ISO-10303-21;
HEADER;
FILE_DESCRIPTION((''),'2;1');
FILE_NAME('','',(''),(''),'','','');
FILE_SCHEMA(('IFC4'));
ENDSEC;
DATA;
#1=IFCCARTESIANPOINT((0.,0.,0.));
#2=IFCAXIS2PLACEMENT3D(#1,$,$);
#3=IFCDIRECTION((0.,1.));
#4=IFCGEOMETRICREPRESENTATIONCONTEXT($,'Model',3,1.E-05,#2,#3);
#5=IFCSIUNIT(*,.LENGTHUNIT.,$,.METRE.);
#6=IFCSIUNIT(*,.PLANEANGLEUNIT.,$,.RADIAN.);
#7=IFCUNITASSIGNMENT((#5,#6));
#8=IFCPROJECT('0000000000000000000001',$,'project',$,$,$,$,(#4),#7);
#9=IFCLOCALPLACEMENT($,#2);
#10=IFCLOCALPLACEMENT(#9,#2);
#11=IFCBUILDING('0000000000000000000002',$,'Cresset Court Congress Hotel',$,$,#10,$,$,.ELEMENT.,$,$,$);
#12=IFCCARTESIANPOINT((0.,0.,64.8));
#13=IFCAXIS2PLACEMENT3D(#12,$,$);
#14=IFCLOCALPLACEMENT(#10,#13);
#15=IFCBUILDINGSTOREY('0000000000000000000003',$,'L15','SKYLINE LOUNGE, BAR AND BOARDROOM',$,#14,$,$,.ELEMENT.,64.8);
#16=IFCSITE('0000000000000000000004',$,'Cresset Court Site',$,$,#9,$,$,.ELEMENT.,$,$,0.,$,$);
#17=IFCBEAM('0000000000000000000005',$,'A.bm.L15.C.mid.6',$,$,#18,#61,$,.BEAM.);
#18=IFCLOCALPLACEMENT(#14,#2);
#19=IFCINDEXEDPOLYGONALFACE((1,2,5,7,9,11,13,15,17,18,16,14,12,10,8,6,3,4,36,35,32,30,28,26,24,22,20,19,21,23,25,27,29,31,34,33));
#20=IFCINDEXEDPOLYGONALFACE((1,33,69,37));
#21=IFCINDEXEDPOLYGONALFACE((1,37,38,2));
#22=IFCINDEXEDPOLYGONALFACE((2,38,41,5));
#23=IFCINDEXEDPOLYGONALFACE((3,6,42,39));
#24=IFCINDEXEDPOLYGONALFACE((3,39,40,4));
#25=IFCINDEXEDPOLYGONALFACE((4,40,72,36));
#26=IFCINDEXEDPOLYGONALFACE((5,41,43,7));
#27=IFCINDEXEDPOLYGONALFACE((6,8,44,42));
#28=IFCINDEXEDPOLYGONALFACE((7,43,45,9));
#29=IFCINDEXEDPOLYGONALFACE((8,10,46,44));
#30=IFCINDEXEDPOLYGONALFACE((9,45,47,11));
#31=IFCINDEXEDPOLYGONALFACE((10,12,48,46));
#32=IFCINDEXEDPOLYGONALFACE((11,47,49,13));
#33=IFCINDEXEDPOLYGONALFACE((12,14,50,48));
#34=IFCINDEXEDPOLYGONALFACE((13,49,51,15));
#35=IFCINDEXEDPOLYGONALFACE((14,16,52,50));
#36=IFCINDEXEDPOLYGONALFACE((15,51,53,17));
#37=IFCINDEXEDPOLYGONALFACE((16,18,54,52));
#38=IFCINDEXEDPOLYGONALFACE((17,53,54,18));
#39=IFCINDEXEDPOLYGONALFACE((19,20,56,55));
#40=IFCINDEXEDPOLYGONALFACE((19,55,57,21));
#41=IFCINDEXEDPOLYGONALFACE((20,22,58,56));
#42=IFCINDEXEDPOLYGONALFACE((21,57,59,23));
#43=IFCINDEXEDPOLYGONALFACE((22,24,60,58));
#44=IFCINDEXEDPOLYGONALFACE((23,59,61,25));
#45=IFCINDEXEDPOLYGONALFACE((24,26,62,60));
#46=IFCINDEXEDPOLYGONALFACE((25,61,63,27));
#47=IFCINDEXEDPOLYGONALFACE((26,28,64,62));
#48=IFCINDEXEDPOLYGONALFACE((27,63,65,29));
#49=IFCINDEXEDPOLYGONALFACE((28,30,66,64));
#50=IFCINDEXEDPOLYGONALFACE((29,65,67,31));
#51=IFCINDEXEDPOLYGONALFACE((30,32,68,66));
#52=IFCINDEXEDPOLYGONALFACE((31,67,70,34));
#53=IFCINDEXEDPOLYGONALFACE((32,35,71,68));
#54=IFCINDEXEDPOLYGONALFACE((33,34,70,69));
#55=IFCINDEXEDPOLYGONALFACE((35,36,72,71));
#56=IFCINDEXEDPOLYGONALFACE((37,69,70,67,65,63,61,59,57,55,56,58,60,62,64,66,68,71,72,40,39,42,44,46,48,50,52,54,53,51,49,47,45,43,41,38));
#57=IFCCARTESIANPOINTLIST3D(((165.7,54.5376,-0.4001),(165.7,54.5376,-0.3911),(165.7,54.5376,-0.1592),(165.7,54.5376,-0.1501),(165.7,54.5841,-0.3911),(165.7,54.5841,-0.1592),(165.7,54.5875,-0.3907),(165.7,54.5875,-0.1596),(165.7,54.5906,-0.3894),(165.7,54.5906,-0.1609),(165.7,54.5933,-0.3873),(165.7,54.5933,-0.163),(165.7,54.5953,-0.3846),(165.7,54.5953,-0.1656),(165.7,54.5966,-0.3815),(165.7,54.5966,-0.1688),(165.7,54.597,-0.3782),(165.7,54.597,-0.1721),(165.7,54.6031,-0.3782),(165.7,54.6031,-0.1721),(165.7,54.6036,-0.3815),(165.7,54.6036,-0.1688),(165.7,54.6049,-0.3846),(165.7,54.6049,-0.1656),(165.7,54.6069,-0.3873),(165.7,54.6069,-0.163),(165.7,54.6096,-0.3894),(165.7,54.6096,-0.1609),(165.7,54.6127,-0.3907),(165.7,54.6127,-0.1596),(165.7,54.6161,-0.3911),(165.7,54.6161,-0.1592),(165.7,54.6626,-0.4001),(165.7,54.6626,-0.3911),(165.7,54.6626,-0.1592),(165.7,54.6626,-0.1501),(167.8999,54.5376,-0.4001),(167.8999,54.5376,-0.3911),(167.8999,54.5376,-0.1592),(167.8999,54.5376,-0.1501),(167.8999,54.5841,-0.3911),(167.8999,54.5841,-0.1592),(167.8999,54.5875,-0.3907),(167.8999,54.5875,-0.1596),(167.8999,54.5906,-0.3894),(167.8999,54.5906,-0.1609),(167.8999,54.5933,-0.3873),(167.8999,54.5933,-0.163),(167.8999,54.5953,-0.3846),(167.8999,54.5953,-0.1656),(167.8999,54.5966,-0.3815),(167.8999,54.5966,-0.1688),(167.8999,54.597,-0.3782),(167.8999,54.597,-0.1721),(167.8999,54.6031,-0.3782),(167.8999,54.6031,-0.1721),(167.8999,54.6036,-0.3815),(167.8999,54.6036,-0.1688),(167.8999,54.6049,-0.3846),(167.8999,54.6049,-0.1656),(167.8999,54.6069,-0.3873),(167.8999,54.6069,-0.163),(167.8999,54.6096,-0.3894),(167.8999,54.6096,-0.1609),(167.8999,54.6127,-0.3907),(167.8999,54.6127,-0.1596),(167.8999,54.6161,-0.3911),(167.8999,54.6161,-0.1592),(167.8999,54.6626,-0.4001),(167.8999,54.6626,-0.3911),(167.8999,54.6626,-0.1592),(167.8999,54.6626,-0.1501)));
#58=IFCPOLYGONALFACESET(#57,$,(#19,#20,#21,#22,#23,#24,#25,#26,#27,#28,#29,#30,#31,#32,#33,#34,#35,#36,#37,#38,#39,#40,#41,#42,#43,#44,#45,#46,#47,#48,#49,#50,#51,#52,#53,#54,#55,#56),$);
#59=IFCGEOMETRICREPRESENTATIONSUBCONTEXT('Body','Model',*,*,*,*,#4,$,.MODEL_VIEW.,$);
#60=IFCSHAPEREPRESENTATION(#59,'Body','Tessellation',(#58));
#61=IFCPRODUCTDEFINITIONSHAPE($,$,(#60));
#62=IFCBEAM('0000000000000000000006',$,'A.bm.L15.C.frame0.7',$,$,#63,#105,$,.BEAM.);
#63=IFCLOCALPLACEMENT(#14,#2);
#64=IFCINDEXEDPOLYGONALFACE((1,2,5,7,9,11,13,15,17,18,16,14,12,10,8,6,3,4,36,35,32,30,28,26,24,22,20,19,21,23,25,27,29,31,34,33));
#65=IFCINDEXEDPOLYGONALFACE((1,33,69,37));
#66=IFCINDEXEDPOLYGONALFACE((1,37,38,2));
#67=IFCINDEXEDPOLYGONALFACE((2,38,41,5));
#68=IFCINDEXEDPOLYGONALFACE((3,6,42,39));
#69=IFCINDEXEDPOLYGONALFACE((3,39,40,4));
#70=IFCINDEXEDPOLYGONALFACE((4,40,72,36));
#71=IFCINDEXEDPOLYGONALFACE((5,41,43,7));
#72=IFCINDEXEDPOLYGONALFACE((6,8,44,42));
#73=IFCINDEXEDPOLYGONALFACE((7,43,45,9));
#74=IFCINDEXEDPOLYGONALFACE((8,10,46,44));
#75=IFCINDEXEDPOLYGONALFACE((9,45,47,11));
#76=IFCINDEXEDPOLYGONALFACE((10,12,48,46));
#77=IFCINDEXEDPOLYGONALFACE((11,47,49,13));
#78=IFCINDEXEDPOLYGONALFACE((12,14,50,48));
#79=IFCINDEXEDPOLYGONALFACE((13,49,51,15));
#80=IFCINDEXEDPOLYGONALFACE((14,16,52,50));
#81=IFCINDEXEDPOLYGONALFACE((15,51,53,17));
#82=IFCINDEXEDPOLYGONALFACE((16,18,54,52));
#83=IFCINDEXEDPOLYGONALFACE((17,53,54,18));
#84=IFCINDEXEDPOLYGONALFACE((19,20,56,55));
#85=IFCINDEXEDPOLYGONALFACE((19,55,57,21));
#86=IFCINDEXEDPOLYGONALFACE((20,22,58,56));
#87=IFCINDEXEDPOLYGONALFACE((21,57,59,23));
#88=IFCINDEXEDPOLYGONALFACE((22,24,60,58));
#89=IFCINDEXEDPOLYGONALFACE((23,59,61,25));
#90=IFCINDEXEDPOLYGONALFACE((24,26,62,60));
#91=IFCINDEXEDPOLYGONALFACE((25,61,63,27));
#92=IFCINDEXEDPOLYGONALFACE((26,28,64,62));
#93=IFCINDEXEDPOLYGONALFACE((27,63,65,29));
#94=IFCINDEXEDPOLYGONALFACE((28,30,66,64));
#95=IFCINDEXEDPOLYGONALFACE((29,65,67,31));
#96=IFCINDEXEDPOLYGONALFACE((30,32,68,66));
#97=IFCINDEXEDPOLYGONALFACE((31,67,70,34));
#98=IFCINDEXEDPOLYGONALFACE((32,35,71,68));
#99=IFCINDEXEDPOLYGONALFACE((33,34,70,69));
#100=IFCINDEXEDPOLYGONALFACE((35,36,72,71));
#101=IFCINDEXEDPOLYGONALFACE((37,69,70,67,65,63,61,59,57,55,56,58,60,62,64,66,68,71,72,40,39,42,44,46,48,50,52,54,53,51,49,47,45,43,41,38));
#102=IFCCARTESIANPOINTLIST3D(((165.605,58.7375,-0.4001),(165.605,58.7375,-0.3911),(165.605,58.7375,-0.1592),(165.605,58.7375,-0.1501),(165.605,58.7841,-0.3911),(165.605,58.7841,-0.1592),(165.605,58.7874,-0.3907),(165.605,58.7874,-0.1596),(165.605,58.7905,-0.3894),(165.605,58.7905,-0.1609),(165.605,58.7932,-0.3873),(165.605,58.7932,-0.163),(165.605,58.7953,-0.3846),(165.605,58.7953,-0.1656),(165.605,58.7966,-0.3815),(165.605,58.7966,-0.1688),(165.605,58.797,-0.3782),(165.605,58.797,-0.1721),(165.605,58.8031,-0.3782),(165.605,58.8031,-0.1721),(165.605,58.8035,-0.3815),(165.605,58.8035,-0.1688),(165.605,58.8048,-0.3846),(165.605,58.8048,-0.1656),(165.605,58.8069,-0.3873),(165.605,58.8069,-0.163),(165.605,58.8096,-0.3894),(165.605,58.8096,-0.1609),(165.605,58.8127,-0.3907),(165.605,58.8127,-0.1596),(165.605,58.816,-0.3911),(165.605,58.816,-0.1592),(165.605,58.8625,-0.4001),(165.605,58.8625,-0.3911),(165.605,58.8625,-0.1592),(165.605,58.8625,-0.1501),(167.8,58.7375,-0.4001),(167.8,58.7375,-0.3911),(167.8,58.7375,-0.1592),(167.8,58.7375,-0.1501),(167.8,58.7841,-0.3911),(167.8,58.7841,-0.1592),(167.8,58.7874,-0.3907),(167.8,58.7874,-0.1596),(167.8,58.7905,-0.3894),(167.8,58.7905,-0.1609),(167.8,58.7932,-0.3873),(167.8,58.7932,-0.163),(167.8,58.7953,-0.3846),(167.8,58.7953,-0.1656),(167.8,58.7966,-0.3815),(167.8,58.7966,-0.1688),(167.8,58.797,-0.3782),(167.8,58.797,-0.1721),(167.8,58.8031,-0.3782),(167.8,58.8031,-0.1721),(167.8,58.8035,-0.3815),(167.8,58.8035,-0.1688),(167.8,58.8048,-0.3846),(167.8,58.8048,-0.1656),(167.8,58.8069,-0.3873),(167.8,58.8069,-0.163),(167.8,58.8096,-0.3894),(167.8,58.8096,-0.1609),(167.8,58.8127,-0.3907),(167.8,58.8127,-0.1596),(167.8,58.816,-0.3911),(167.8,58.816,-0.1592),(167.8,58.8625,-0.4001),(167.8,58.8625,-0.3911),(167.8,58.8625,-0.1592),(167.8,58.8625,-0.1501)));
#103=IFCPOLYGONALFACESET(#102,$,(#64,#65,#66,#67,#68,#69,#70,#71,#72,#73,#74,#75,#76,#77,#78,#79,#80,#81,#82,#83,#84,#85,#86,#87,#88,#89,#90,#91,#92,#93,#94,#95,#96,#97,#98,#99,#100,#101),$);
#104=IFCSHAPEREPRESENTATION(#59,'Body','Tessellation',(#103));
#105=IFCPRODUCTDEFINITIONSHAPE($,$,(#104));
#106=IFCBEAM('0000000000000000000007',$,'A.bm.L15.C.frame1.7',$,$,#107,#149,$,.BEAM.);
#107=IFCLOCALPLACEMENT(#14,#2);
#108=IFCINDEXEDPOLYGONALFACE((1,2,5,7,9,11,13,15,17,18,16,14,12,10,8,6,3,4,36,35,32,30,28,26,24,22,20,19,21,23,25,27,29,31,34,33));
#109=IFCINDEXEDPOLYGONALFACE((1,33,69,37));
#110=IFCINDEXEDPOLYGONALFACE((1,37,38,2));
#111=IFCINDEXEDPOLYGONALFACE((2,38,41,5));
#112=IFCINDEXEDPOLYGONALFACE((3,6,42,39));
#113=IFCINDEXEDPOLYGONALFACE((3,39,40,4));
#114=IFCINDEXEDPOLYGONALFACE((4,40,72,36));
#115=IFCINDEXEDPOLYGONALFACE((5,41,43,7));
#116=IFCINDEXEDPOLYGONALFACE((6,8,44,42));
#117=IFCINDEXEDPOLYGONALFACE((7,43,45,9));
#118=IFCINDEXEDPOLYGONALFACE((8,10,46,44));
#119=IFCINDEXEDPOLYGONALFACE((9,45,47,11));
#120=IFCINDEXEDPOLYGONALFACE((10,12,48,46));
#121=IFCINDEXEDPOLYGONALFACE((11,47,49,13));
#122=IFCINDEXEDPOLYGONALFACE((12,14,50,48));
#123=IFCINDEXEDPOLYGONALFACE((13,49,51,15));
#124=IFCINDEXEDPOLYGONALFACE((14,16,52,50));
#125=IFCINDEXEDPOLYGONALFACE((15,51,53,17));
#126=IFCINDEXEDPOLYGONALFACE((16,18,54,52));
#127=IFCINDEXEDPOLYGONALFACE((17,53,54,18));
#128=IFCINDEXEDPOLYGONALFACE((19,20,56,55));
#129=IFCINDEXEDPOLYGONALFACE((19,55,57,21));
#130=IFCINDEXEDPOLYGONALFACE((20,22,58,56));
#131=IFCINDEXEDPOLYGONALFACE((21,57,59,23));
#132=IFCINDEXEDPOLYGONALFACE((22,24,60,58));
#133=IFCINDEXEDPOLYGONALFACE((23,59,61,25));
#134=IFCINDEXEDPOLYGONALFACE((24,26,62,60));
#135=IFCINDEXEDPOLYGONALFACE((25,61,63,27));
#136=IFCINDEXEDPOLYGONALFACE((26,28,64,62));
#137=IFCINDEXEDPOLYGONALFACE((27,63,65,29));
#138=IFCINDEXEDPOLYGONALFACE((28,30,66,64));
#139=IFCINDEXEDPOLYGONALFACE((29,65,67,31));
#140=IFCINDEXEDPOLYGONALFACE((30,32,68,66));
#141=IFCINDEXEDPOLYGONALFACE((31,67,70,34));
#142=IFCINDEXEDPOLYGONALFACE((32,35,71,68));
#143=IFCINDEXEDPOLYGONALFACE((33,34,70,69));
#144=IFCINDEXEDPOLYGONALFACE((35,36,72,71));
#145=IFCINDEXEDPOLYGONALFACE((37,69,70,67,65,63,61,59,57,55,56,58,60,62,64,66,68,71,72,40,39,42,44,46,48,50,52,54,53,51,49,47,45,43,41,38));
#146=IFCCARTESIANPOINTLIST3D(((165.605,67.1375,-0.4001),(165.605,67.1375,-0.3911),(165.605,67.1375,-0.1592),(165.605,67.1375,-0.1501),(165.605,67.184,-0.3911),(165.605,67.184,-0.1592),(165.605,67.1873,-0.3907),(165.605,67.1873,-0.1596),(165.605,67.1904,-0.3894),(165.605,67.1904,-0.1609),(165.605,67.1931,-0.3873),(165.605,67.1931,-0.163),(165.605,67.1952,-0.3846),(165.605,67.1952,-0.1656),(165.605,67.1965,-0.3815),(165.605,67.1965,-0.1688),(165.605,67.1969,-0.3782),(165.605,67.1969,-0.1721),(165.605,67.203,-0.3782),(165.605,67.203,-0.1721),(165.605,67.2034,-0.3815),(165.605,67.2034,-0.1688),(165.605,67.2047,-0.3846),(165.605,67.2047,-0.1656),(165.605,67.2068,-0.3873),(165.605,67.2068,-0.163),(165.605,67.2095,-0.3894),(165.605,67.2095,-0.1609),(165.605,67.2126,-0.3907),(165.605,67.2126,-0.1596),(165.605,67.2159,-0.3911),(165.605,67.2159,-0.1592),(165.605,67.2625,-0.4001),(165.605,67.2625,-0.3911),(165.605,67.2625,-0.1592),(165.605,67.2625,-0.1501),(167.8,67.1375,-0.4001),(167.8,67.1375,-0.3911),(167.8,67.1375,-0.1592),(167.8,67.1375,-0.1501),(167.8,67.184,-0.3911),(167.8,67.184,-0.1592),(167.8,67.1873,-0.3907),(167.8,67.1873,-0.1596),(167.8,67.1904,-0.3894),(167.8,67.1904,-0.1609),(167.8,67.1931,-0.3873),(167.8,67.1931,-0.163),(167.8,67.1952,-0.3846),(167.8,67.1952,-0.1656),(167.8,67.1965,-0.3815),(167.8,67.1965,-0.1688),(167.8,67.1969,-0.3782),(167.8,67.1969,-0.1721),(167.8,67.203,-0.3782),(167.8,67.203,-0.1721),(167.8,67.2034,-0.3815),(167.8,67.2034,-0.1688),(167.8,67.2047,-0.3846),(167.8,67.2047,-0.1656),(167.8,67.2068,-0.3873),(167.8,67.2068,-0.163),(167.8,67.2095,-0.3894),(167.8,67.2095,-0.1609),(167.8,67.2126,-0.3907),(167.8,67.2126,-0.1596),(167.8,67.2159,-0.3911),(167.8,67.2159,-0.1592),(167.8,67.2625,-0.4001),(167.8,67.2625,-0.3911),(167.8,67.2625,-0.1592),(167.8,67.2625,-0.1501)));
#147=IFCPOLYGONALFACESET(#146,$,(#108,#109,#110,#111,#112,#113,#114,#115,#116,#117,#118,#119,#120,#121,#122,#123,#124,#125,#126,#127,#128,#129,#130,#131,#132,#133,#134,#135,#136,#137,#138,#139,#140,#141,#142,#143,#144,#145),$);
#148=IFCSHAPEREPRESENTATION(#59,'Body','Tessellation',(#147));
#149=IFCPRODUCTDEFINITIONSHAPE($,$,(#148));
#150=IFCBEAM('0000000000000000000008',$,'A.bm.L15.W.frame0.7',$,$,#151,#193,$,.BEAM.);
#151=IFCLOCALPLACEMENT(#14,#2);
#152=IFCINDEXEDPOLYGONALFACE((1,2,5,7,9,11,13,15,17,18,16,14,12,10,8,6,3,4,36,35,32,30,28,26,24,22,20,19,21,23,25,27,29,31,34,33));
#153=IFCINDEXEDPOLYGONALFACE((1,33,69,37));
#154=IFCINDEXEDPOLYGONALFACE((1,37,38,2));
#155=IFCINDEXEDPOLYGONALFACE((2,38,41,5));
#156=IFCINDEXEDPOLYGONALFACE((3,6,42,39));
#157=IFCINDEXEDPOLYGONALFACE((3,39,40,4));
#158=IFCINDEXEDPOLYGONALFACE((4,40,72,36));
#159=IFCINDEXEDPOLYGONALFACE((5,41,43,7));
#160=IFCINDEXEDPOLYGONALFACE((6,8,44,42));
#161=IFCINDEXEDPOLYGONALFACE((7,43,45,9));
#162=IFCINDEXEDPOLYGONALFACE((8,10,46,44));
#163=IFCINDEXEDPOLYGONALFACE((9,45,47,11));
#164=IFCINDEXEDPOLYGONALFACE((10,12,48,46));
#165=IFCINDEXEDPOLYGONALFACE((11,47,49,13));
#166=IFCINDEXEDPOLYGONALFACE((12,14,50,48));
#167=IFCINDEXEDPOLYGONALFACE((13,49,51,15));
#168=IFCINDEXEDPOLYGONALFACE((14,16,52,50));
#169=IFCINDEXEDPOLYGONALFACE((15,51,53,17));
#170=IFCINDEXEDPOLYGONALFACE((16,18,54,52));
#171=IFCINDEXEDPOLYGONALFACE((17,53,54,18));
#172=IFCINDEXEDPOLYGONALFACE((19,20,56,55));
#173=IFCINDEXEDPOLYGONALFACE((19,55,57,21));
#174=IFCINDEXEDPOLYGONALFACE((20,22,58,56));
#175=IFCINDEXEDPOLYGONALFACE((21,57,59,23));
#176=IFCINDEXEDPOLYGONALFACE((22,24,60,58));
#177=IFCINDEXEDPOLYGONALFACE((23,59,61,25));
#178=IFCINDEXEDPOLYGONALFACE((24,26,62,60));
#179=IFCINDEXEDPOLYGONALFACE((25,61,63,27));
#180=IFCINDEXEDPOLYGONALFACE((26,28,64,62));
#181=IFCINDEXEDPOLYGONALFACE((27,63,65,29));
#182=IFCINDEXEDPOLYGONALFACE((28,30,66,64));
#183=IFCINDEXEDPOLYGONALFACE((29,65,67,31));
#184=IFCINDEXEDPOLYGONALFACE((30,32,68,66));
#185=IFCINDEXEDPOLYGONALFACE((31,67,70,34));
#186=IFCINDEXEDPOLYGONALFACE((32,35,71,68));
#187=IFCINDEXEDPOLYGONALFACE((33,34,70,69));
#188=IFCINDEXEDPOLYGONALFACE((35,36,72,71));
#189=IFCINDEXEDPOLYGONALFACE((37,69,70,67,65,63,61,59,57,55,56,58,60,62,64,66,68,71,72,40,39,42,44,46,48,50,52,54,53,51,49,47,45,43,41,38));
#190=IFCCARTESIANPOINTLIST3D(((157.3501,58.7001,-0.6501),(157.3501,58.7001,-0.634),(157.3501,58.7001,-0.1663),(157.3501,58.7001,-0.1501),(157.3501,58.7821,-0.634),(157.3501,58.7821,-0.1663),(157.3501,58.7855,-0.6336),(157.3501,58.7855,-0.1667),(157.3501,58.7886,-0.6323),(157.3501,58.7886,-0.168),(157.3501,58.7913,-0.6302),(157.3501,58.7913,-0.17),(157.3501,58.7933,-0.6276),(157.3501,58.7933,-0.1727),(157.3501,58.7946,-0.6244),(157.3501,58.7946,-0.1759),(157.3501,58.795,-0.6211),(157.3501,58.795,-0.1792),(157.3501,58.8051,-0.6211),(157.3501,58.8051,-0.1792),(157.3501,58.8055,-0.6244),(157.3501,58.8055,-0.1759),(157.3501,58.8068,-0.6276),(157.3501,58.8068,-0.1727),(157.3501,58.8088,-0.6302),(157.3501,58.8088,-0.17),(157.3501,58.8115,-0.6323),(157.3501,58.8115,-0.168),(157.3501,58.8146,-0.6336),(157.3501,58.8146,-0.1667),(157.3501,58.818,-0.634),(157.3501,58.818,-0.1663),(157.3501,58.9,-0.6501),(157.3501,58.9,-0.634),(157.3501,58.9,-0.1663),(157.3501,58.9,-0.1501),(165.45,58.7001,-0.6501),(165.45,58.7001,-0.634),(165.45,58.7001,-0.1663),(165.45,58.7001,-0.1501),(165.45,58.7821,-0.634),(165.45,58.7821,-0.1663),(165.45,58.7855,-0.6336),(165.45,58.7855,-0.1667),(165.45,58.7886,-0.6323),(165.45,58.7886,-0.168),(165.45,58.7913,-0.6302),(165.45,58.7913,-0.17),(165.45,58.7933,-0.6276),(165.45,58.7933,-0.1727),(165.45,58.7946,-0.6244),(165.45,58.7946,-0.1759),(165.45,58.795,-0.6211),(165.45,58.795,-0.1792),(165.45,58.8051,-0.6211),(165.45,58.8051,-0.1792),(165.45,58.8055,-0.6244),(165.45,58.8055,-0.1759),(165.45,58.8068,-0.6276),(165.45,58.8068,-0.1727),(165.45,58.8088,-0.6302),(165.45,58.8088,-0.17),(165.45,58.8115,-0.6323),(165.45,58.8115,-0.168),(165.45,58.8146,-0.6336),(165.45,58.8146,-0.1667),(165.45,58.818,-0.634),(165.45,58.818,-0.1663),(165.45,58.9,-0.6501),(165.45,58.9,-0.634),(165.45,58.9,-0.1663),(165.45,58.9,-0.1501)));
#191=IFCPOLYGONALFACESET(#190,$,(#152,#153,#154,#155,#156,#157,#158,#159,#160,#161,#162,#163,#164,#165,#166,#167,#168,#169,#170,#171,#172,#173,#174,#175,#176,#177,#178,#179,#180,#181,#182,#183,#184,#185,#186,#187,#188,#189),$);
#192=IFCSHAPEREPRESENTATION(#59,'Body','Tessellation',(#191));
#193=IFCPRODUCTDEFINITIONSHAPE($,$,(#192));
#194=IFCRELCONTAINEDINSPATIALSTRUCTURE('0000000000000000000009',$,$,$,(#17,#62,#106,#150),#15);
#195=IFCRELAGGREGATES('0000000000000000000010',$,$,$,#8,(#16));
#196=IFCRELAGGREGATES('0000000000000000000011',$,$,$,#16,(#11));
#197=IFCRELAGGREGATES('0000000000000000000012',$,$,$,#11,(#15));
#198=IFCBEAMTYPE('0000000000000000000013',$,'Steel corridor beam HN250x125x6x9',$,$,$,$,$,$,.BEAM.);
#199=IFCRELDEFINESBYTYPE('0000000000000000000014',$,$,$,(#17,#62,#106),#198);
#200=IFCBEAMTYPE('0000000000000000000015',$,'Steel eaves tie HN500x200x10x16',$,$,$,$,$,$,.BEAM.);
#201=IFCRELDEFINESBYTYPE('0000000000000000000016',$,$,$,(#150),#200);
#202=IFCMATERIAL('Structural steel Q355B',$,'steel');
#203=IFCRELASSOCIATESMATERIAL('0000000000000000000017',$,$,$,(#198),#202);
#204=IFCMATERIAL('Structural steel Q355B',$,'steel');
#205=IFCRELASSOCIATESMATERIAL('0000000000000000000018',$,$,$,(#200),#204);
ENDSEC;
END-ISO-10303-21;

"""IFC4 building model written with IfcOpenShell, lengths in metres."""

from ifc_helpers import new_model, si_unit, direction, frame, origin, origin_2d, place, context, subcontext, project, spatial, i_section, extrude, material, material_profile, profile_set, type_object, element, save


model = new_model("IFC4")

# Units and contexts
model_context = context("Model", 3, precision=1e-05, world=origin(), true_north=direction((0.0, 1.0)))
body_context = subcontext(model_context, "Body", "Model", "MODEL_VIEW")
ifc_project = project(units=[si_unit("LENGTHUNIT", "METRE"), si_unit("PLANEANGLEUNIT", "RADIAN")], contexts=[model_context])

# Site, building, storey
site_placement = place(None, origin())
site = spatial("IfcSite", under=ifc_project, at=site_placement, Name="Cresset Court Site", CompositionType="ELEMENT", RefElevation=0.0)
building_placement = place(site_placement, origin())
building = spatial("IfcBuilding", under=site, at=building_placement, Name="Cresset Court Congress Hotel", CompositionType="ELEMENT")
storey_placement = place(building_placement, frame((0.0, 0.0, 64.8)))
storey = spatial("IfcBuildingStorey", under=building, at=storey_placement, Name="L15", Description="SKYLINE LOUNGE, BAR AND BOARDROOM", CompositionType="ELEMENT", Elevation=64.8)

# Beams
ifc_material_1 = material(Name="Structural steel Q355B", Category="steel")
ifc_material_profile_1 = material_profile(ifc_material_1, i_section(OverallWidth=0.125, OverallDepth=0.25, WebThickness=0.0061, FlangeThickness=0.009, FilletRadius=0.0129, at=origin_2d()), Name="HN250x125x6x9")
ifc_profile_set_1 = profile_set([ifc_material_profile_1], Name="Structural steel Q355B")
beam_type_1 = type_object("IfcBeamType", Name="Steel corridor beam HN250x125x6x9", PredefinedType="BEAM", material=ifc_profile_set_1)
beam_1_placement = place(storey_placement, frame((165.7, 54.6001, -0.2751), z_axis=(1.0, 0.0, 0.0), x_axis=(0.0, 1.0, 0.0)))
element("IfcBeam", 1, at=beam_1_placement, inside=storey, type_object=beam_type_1, Name="A.bm.L15.C.mid.6", PredefinedType="BEAM", context=body_context, shape_type="SweptSolid", body=[
    extrude(i_section(OverallWidth=0.125, OverallDepth=0.25, WebThickness=0.0061, FlangeThickness=0.009, FilletRadius=0.0129, at=origin_2d()), origin(), (0.0, 0.0, 1.0), 2.2),
])
for number, where, z_axis, x_axis, name in (
    (2, (165.605, 58.8, -0.2751), (1.0, 0.0, 0.0), (0.0, 1.0, 0.0), "A.bm.L15.C.frame0.7"),
    (3, (165.605, 67.2, -0.2751), (1.0, 0.0, 0.0), (0.0, 1.0, 0.0), "A.bm.L15.C.frame1.7"),
):
    element("IfcBeam", number, at=place(storey_placement, frame(where, z_axis=z_axis, x_axis=x_axis)), inside=storey, type_object=beam_type_1, Name=name, PredefinedType="BEAM", context=body_context, shape_type="SweptSolid", body=[
        extrude(i_section(OverallWidth=0.125, OverallDepth=0.25, WebThickness=0.0061, FlangeThickness=0.009, FilletRadius=0.0129, at=origin_2d()), origin(), (0.0, 0.0, 1.0), 2.1951),
    ])
ifc_material_2 = material(Name="Structural steel Q355B", Category="steel")
ifc_material_profile_2 = material_profile(ifc_material_2, i_section(OverallWidth=0.2, OverallDepth=0.5, WebThickness=0.01, FlangeThickness=0.0161, FilletRadius=0.0129, at=origin_2d()), Name="HN500x200x10x16")
ifc_profile_set_2 = profile_set([ifc_material_profile_2], Name="Structural steel Q355B")
beam_type_2 = type_object("IfcBeamType", Name="Steel eaves tie HN500x200x10x16", PredefinedType="BEAM", material=ifc_profile_set_2)
for number, where, z_axis, x_axis, name in (
    (4, (157.3501, 58.8, -0.4001), (1.0, 0.0, 0.0), (0.0, 1.0, 0.0), "A.bm.L15.W.frame0.7"),
):
    element("IfcBeam", number, at=place(storey_placement, frame(where, z_axis=z_axis, x_axis=x_axis)), inside=storey, type_object=beam_type_2, Name=name, PredefinedType="BEAM", context=body_context, shape_type="SweptSolid", body=[
        extrude(i_section(OverallWidth=0.2, OverallDepth=0.5, WebThickness=0.01, FlangeThickness=0.0161, FilletRadius=0.0129, at=origin_2d()), origin(), (0.0, 0.0, 1.0), 8.0999),
    ])

save(model, "model.ifc")
